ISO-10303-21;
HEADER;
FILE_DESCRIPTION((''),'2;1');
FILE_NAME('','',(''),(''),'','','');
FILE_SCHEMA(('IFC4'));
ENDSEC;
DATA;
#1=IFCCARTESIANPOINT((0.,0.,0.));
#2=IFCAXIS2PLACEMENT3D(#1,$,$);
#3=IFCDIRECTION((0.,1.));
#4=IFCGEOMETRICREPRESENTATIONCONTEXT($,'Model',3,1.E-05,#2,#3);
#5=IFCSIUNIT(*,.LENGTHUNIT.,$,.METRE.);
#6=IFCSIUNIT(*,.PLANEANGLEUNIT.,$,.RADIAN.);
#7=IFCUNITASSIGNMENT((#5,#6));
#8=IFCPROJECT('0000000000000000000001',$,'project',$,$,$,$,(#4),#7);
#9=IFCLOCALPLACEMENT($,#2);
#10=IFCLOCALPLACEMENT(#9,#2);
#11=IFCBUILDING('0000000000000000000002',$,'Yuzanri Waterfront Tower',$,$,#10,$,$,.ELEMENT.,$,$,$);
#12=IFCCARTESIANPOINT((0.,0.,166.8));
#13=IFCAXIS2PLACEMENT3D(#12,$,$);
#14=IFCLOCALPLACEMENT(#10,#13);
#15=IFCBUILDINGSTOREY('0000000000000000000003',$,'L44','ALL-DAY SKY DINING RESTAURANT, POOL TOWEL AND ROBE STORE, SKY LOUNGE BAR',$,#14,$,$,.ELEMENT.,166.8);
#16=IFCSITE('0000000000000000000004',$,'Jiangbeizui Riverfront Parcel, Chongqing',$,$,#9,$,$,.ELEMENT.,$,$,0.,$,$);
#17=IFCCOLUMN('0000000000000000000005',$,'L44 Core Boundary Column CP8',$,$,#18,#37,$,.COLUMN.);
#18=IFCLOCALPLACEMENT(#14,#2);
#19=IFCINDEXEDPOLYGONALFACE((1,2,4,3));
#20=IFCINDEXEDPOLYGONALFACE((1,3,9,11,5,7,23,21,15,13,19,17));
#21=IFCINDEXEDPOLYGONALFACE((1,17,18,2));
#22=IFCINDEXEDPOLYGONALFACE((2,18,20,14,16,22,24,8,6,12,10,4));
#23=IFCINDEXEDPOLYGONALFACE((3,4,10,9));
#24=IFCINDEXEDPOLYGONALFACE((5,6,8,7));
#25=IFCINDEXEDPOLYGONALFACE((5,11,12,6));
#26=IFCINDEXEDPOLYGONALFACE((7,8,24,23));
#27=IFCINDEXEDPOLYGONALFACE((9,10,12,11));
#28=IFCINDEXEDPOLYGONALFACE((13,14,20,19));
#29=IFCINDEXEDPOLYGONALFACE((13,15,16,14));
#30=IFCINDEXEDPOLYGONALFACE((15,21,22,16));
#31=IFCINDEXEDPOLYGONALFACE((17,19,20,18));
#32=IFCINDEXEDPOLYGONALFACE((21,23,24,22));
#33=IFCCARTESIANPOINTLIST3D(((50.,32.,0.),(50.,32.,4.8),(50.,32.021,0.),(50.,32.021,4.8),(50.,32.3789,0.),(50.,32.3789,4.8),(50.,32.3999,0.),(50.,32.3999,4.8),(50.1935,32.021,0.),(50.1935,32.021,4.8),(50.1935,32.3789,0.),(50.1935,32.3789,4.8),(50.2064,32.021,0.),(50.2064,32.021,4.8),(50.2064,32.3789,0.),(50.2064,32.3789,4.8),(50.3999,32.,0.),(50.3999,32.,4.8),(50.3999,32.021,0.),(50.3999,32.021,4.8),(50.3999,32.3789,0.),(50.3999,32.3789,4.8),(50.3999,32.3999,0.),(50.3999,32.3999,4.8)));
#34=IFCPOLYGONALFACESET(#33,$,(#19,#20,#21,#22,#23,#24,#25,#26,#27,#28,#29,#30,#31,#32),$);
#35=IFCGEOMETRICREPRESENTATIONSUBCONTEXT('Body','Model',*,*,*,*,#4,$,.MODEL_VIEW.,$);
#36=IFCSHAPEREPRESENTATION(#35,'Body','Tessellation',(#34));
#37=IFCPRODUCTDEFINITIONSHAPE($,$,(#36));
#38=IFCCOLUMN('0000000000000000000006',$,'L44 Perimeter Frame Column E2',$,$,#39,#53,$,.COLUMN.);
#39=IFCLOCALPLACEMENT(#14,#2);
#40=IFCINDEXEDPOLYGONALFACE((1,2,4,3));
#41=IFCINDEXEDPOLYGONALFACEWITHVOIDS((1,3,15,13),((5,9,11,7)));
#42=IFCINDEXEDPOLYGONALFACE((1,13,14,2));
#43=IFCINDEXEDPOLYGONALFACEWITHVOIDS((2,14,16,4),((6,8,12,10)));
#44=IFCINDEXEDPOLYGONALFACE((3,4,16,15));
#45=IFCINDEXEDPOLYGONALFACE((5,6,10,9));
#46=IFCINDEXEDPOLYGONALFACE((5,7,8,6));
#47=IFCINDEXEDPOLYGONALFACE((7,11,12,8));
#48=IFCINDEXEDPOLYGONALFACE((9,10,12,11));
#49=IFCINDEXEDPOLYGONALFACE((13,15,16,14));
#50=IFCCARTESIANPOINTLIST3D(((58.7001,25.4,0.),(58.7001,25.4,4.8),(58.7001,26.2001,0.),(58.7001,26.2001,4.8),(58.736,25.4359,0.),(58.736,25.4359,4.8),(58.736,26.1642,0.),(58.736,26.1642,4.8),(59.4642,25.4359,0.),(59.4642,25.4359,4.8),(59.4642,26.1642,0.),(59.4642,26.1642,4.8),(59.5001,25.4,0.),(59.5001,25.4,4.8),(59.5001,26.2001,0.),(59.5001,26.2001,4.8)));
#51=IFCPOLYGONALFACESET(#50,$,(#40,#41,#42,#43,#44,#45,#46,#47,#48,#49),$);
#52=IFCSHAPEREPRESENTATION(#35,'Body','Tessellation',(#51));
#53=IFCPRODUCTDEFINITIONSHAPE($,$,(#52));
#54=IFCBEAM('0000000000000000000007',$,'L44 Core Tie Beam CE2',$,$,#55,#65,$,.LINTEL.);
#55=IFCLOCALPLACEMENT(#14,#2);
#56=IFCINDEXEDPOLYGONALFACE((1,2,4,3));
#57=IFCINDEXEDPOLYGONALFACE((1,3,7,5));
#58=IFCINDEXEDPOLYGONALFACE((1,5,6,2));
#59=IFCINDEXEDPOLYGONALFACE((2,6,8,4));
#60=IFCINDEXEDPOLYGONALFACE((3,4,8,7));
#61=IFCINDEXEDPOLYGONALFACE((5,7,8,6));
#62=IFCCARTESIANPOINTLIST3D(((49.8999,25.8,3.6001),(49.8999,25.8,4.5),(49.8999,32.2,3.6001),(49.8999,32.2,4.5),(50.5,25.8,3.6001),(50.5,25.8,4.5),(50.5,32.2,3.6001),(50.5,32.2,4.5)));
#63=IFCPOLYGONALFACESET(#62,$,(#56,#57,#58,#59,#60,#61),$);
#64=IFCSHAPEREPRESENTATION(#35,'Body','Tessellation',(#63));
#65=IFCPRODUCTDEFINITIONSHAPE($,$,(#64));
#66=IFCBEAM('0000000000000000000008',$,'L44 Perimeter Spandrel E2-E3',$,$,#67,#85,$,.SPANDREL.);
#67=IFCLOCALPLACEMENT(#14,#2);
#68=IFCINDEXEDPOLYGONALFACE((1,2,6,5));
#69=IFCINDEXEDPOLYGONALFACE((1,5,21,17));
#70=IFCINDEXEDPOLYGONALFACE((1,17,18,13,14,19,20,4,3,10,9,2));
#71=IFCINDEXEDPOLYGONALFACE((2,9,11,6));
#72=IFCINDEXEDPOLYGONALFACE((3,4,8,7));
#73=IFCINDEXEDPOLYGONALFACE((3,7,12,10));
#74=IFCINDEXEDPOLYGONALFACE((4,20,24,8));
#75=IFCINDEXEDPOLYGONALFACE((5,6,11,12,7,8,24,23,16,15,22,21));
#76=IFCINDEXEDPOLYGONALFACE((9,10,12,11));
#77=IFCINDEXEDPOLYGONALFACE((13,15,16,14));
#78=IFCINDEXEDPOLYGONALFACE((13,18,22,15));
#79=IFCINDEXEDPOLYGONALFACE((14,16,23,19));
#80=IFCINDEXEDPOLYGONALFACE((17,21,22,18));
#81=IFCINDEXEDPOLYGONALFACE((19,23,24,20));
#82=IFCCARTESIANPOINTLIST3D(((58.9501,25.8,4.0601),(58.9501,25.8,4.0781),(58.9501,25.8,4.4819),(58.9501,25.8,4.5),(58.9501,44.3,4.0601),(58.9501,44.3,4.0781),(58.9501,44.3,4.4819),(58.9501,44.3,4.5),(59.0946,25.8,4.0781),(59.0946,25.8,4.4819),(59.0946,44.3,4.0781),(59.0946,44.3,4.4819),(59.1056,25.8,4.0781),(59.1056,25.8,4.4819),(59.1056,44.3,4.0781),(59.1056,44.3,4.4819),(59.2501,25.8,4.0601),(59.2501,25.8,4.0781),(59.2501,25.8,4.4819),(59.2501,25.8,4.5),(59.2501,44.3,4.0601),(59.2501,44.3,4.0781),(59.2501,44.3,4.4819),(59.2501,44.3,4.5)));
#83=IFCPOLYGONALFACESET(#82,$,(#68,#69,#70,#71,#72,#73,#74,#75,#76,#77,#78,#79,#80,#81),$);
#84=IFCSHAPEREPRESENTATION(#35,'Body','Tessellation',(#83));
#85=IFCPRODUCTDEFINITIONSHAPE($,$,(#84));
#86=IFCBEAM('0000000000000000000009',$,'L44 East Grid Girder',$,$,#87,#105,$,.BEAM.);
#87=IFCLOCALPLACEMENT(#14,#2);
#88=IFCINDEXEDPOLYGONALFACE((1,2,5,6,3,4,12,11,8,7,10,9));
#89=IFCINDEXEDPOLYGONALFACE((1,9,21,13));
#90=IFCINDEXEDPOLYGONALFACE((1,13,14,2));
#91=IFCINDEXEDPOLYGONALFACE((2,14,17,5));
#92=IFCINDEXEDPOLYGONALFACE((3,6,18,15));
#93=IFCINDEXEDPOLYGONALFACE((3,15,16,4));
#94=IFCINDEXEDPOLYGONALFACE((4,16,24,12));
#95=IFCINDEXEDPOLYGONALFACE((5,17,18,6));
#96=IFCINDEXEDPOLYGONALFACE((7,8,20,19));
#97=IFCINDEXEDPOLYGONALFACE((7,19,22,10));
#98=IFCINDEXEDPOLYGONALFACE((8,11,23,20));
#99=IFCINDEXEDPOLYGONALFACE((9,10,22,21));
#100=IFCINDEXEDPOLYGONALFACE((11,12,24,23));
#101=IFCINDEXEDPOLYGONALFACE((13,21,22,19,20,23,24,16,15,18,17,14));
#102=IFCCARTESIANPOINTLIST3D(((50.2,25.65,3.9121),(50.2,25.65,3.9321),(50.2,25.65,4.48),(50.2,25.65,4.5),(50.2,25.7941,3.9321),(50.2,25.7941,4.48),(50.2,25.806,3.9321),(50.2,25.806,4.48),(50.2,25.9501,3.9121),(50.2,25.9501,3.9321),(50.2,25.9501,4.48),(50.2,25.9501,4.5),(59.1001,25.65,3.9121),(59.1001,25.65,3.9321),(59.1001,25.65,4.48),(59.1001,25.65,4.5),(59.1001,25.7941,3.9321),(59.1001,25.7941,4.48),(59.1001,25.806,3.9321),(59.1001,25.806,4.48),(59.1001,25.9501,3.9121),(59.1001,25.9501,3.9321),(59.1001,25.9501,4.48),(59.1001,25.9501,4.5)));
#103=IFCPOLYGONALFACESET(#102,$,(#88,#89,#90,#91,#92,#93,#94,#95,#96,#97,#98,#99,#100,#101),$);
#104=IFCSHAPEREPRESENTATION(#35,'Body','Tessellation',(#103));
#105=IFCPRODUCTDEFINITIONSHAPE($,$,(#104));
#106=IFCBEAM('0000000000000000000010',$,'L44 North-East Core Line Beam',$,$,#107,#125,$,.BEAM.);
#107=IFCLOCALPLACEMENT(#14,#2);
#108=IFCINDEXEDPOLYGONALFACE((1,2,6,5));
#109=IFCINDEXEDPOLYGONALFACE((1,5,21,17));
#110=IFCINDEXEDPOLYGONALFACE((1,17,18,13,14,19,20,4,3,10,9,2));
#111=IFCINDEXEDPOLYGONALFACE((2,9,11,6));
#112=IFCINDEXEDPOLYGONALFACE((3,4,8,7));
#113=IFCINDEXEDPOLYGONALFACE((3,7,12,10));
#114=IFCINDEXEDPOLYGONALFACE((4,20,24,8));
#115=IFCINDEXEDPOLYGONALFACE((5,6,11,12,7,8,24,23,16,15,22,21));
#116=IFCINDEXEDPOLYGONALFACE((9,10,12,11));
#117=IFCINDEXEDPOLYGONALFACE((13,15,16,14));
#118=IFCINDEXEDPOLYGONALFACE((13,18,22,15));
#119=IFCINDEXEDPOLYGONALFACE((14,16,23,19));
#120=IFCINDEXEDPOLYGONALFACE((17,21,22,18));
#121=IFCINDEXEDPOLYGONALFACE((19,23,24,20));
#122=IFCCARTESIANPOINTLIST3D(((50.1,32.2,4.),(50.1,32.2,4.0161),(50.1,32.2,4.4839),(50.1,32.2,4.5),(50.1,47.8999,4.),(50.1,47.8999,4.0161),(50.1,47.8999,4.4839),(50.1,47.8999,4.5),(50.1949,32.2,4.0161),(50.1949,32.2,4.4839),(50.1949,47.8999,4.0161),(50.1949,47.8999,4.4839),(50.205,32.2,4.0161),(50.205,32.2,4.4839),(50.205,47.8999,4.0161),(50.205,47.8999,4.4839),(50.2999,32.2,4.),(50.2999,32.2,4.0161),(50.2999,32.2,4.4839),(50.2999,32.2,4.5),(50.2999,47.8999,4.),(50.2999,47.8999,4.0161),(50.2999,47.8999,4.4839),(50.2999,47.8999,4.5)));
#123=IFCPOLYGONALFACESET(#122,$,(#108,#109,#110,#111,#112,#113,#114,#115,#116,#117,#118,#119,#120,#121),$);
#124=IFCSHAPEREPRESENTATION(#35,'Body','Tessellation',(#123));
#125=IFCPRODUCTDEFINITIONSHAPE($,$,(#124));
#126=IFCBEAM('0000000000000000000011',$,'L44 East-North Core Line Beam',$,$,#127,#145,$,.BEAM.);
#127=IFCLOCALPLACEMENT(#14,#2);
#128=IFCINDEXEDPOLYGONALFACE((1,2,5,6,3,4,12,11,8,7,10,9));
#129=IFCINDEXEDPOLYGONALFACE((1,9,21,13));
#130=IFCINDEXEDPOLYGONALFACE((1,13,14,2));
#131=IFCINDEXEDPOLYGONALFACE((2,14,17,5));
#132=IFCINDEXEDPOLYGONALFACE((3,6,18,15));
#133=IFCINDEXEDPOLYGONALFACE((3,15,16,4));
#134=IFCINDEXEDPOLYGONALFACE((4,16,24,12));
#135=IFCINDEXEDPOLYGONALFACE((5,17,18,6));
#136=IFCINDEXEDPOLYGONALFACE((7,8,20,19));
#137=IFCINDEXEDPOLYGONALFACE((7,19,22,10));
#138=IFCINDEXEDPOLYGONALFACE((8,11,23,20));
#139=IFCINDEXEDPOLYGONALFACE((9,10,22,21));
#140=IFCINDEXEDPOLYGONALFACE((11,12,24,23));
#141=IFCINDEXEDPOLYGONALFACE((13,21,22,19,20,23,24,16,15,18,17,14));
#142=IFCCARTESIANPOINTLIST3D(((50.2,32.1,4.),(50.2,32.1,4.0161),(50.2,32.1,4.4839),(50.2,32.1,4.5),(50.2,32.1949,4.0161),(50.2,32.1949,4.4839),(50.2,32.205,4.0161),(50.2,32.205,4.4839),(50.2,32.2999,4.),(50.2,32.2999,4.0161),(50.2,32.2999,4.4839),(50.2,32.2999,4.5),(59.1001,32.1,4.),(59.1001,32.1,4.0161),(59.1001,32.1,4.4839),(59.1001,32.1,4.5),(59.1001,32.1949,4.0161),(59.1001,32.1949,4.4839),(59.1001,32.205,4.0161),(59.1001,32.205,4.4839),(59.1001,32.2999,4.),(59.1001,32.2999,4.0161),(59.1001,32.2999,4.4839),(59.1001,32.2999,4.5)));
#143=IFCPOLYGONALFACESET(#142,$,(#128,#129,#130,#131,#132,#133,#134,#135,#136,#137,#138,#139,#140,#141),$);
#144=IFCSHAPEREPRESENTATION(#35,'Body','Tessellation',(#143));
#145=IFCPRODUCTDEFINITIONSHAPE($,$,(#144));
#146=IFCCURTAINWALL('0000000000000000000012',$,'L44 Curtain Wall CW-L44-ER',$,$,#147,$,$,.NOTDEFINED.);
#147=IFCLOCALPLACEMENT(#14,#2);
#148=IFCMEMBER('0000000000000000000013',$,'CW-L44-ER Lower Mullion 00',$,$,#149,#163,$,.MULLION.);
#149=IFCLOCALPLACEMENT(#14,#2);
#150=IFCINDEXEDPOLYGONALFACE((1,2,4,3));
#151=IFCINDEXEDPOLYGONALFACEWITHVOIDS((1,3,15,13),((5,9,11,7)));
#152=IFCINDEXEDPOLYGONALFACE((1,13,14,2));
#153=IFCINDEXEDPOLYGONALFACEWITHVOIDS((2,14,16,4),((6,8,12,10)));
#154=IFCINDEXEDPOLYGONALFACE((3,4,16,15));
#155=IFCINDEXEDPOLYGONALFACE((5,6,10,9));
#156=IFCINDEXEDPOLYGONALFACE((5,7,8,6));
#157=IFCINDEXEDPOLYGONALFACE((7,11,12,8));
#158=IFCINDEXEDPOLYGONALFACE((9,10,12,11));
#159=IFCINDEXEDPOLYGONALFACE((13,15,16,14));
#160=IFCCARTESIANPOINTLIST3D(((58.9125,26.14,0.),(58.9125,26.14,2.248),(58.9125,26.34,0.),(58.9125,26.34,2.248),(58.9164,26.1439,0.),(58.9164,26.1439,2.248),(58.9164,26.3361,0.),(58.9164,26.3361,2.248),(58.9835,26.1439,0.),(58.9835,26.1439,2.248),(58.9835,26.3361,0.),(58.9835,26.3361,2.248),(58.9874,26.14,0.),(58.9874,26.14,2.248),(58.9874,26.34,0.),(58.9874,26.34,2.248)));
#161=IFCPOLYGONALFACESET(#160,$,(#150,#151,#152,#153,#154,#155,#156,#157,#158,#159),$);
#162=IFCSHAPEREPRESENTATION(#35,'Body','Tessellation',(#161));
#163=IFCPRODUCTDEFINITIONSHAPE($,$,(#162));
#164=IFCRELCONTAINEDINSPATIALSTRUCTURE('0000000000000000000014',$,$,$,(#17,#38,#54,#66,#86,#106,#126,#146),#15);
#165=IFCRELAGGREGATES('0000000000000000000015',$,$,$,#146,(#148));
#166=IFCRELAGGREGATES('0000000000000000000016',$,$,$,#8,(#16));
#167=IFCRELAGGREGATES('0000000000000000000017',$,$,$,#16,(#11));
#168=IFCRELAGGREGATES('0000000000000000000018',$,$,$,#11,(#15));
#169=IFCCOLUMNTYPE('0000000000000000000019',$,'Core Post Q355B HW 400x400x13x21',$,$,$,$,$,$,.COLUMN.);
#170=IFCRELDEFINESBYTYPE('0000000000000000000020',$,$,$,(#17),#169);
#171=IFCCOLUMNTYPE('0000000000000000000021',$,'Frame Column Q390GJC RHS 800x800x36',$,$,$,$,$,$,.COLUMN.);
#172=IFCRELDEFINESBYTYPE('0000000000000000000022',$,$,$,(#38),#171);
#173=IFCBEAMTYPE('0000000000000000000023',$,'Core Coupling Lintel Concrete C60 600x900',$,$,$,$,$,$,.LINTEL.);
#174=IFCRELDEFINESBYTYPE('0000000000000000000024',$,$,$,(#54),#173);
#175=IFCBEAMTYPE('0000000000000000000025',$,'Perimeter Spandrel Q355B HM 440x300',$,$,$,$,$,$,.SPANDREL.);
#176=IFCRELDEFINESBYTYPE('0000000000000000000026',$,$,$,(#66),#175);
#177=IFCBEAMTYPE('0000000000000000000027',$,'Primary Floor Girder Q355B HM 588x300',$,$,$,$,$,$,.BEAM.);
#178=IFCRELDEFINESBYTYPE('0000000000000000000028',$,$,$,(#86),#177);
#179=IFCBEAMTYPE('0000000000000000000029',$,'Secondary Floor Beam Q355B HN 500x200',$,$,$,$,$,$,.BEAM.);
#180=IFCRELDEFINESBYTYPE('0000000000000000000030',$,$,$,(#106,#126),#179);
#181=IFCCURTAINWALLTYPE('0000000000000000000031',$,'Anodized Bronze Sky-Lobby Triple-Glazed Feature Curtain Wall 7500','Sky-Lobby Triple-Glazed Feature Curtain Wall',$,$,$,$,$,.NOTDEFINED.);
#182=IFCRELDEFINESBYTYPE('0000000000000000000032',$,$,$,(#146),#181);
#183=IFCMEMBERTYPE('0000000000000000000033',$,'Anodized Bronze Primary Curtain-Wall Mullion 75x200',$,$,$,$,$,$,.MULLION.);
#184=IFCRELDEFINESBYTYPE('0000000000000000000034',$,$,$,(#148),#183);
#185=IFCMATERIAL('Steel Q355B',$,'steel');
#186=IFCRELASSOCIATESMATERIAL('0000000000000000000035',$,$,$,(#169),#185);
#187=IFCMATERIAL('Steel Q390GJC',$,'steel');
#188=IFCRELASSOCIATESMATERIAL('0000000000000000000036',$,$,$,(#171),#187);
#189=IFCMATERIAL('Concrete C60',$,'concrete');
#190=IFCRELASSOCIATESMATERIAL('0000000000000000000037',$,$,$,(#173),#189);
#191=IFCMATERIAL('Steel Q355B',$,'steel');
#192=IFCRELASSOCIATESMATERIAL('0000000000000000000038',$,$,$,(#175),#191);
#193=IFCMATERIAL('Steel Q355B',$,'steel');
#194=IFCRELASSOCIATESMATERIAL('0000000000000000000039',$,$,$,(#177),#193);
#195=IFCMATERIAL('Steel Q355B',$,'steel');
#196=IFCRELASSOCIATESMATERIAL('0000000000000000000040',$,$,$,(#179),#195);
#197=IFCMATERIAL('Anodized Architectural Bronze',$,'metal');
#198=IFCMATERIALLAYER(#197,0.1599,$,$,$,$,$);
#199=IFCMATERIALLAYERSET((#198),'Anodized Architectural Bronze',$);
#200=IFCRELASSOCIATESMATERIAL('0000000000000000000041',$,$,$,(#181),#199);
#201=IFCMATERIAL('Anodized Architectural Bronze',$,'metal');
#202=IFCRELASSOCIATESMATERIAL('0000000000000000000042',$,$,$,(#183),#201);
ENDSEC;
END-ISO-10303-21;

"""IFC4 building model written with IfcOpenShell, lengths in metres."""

from ifc_helpers import new_model, si_unit, direction, frame, origin, origin_2d, place, context, subcontext, project, spatial, rectangle, hollow_rectangle, i_section, extrude, source, transform, mapped, material, layer, layer_set, material_profile, profile_set, type_object, element, aggregate, save


model = new_model("IFC4")

# Units and contexts
model_context = context("Model", 3, precision=1e-05, world=origin(), true_north=direction((0.0, 1.0)))
body_context = subcontext(model_context, "Body", "Model", "MODEL_VIEW")
ifc_project = project(units=[si_unit("LENGTHUNIT", "METRE"), si_unit("PLANEANGLEUNIT", "RADIAN")], contexts=[model_context])

# Site, building, storey
site_placement = place(None, origin())
site = spatial("IfcSite", under=ifc_project, at=site_placement, Name="Jiangbeizui Riverfront Parcel, Chongqing", CompositionType="ELEMENT", RefElevation=0.0)
building_placement = place(site_placement, origin())
building = spatial("IfcBuilding", under=site, at=building_placement, Name="Yuzanri Waterfront Tower", CompositionType="ELEMENT")
storey_placement = place(building_placement, frame((0.0, 0.0, 166.8)))
storey = spatial("IfcBuildingStorey", under=building, at=storey_placement, Name="L44", Description="ALL-DAY SKY DINING RESTAURANT, POOL TOWEL AND ROBE STORE, SKY LOUNGE BAR", CompositionType="ELEMENT", Elevation=166.8)

# Columns
ifc_material_1 = material(Name="Steel Q355B", Category="steel")
ifc_material_profile_1 = material_profile(ifc_material_1, i_section(OverallWidth=0.3999, OverallDepth=0.3999, WebThickness=0.0129, FlangeThickness=0.021, at=origin_2d()), Name="HW 400x400x13x21")
ifc_profile_set_1 = profile_set([ifc_material_profile_1], Name="Steel Q355B")
column_type_1 = type_object("IfcColumnType", Name="Core Post Q355B HW 400x400x13x21", PredefinedType="COLUMN", material=ifc_profile_set_1)
shared_shape_1 = source(origin(), body_context, "Body", "SweptSolid", [
    extrude(i_section(OverallWidth=0.3999, OverallDepth=0.3999, WebThickness=0.0129, FlangeThickness=0.021, at=origin_2d()), origin(), (0.0, 0.0, 1.0), 4.8),
])
column_1_placement = place(storey_placement, frame((50.2, 32.2, 0.0), z_axis=(0.0, 0.0, 1.0), x_axis=(1.0, 0.0, 0.0)))
element("IfcColumn", 1, at=column_1_placement, inside=storey, type_object=column_type_1, Name="L44 Core Boundary Column CP8", PredefinedType="COLUMN", context=body_context, shape_type="MappedRepresentation", body=[
    mapped(shared_shape_1, transform((0.0, 0.0, 0.0), scale=1.0)),
])
ifc_material_2 = material(Name="Steel Q390GJC", Category="steel")
ifc_material_profile_2 = material_profile(ifc_material_2, hollow_rectangle(XDim=0.8, YDim=0.8, WallThickness=0.0359, at=origin_2d()), Name="RHS 800x800x36")
ifc_profile_set_2 = profile_set([ifc_material_profile_2], Name="Steel Q390GJC")
column_type_2 = type_object("IfcColumnType", Name="Frame Column Q390GJC RHS 800x800x36", PredefinedType="COLUMN", material=ifc_profile_set_2)
shared_shape_2 = source(origin(), body_context, "Body", "SweptSolid", [
    extrude(hollow_rectangle(XDim=0.8, YDim=0.8, WallThickness=0.0359, at=origin_2d()), origin(), (0.0, 0.0, 1.0), 4.8),
])
column_2_placement = place(storey_placement, frame((59.1001, 25.8, 0.0), z_axis=(0.0, 0.0, 1.0), x_axis=(1.0, 0.0, 0.0)))
element("IfcColumn", 2, at=column_2_placement, inside=storey, type_object=column_type_2, Name="L44 Perimeter Frame Column E2", PredefinedType="COLUMN", context=body_context, shape_type="MappedRepresentation", body=[
    mapped(shared_shape_2, transform((0.0, 0.0, 0.0), scale=1.0)),
])

# Beams
ifc_material_3 = material(Name="Concrete C60", Category="concrete")
ifc_material_profile_3 = material_profile(ifc_material_3, rectangle(XDim=0.6001, YDim=0.8999, at=origin_2d()), Name="RC 600x900")
ifc_profile_set_3 = profile_set([ifc_material_profile_3], Name="Concrete C60")
beam_type_1 = type_object("IfcBeamType", Name="Core Coupling Lintel Concrete C60 600x900", PredefinedType="LINTEL", material=ifc_profile_set_3)
shared_shape_3 = source(origin(), body_context, "Body", "SweptSolid", [
    extrude(rectangle(XDim=0.6001, YDim=0.8999, at=origin_2d()), origin(), (0.0, 0.0, 1.0), 6.3999),
])
beam_1_placement = place(storey_placement, frame((50.2, 25.8, 4.05), z_axis=(0.0, 1.0, 0.0), x_axis=(-1.0, 0.0, 0.0)))
element("IfcBeam", 3, at=beam_1_placement, inside=storey, type_object=beam_type_1, Name="L44 Core Tie Beam CE2", PredefinedType="LINTEL", context=body_context, shape_type="MappedRepresentation", body=[
    mapped(shared_shape_3, transform((0.0, 0.0, 0.0), scale=1.0)),
])
ifc_material_4 = material(Name="Steel Q355B", Category="steel")
ifc_material_profile_4 = material_profile(ifc_material_4, i_section(OverallWidth=0.3, OverallDepth=0.4399, WebThickness=0.011, FlangeThickness=0.0181, at=origin_2d()), Name="HM 440x300x11x18")
ifc_profile_set_4 = profile_set([ifc_material_profile_4], Name="Steel Q355B")
beam_type_2 = type_object("IfcBeamType", Name="Perimeter Spandrel Q355B HM 440x300", PredefinedType="SPANDREL", material=ifc_profile_set_4)
shared_shape_4 = source(origin(), body_context, "Body", "SweptSolid", [
    extrude(i_section(OverallWidth=0.3, OverallDepth=0.4399, WebThickness=0.011, FlangeThickness=0.0181, at=origin_2d()), origin(), (0.0, 0.0, 1.0), 18.5),
])
beam_2_placement = place(storey_placement, frame((59.1001, 25.8, 4.28), z_axis=(0.0, 1.0, 0.0), x_axis=(-1.0, 0.0, 0.0)))
element("IfcBeam", 4, at=beam_2_placement, inside=storey, type_object=beam_type_2, Name="L44 Perimeter Spandrel E2-E3", PredefinedType="SPANDREL", context=body_context, shape_type="MappedRepresentation", body=[
    mapped(shared_shape_4, transform((0.0, 0.0, 0.0), scale=1.0)),
])
ifc_material_5 = material(Name="Steel Q355B", Category="steel")
ifc_material_profile_5 = material_profile(ifc_material_5, i_section(OverallWidth=0.3, OverallDepth=0.5879, WebThickness=0.012, FlangeThickness=0.02, at=origin_2d()), Name="HM 588x300x12x20")
ifc_profile_set_5 = profile_set([ifc_material_profile_5], Name="Steel Q355B")
beam_type_3 = type_object("IfcBeamType", Name="Primary Floor Girder Q355B HM 588x300", PredefinedType="BEAM", material=ifc_profile_set_5)
shared_shape_5 = source(origin(), body_context, "Body", "SweptSolid", [
    extrude(i_section(OverallWidth=0.3, OverallDepth=0.5879, WebThickness=0.012, FlangeThickness=0.02, at=origin_2d()), origin(), (0.0, 0.0, 1.0), 8.9001),
])
beam_3_placement = place(storey_placement, frame((50.2, 25.8, 4.2061), z_axis=(1.0, 0.0, 0.0), x_axis=(0.0, 1.0, 0.0)))
element("IfcBeam", 5, at=beam_3_placement, inside=storey, type_object=beam_type_3, Name="L44 East Grid Girder", PredefinedType="BEAM", context=body_context, shape_type="MappedRepresentation", body=[
    mapped(shared_shape_5, transform((0.0, 0.0, 0.0), scale=1.0)),
])
ifc_material_6 = material(Name="Steel Q355B", Category="steel")
ifc_material_profile_6 = material_profile(ifc_material_6, i_section(OverallWidth=0.2, OverallDepth=0.5, WebThickness=0.01, FlangeThickness=0.0161, at=origin_2d()), Name="HN 500x200x10x16")
ifc_profile_set_6 = profile_set([ifc_material_profile_6], Name="Steel Q355B")
beam_type_4 = type_object("IfcBeamType", Name="Secondary Floor Beam Q355B HN 500x200", PredefinedType="BEAM", material=ifc_profile_set_6)
shared_shape_6 = source(origin(), body_context, "Body", "SweptSolid", [
    extrude(i_section(OverallWidth=0.2, OverallDepth=0.5, WebThickness=0.01, FlangeThickness=0.0161, at=origin_2d()), origin(), (0.0, 0.0, 1.0), 15.7),
])
beam_4_placement = place(storey_placement, frame((50.2, 32.2, 4.25), z_axis=(0.0, 1.0, 0.0), x_axis=(-1.0, 0.0, 0.0)))
element("IfcBeam", 6, at=beam_4_placement, inside=storey, type_object=beam_type_4, Name="L44 North-East Core Line Beam", PredefinedType="BEAM", context=body_context, shape_type="MappedRepresentation", body=[
    mapped(shared_shape_6, transform((0.0, 0.0, 0.0), scale=1.0)),
])
shared_shape_7 = source(origin(), body_context, "Body", "SweptSolid", [
    extrude(i_section(OverallWidth=0.2, OverallDepth=0.5, WebThickness=0.01, FlangeThickness=0.0161, at=origin_2d()), origin(), (0.0, 0.0, 1.0), 8.9001),
])
beam_5_placement = place(storey_placement, frame((50.2, 32.2, 4.25), z_axis=(1.0, 0.0, 0.0), x_axis=(0.0, 1.0, 0.0)))
element("IfcBeam", 7, at=beam_5_placement, inside=storey, type_object=beam_type_4, Name="L44 East-North Core Line Beam", PredefinedType="BEAM", context=body_context, shape_type="MappedRepresentation", body=[
    mapped(shared_shape_7, transform((0.0, 0.0, 0.0), scale=1.0)),
])

# Curtain wall, member
ifc_material_7 = material(Name="Anodized Architectural Bronze", Category="metal")
ifc_layer_1 = layer(ifc_material_7, 0.1599)
ifc_layer_set_1 = layer_set([ifc_layer_1], Name="Anodized Architectural Bronze")
curtain_wall_type = type_object("IfcCurtainWallType", Name="Anodized Bronze Sky-Lobby Triple-Glazed Feature Curtain Wall 7500", Description="Sky-Lobby Triple-Glazed Feature Curtain Wall", PredefinedType="NOTDEFINED", material=ifc_layer_set_1)
curtain_wall_placement = place(storey_placement, origin())
curtain_wall = element("IfcCurtainWall", 8, at=curtain_wall_placement, inside=storey, type_object=curtain_wall_type, Name="L44 Curtain Wall CW-L44-ER", PredefinedType="NOTDEFINED")
ifc_material_8 = material(Name="Anodized Architectural Bronze", Category="metal")
ifc_material_profile_7 = material_profile(ifc_material_8, hollow_rectangle(XDim=0.075, YDim=0.2, WallThickness=0.0039, at=origin_2d()), Name="CWM 75x200")
ifc_profile_set_7 = profile_set([ifc_material_profile_7], Name="Anodized Architectural Bronze")
member_type_1 = type_object("IfcMemberType", Name="Anodized Bronze Primary Curtain-Wall Mullion 75x200", PredefinedType="MULLION", material=ifc_profile_set_7)
shared_shape_8 = source(origin(), body_context, "Body", "SweptSolid", [
    extrude(hollow_rectangle(XDim=0.075, YDim=0.2, WallThickness=0.0039, at=origin_2d()), origin(), (0.0, 0.0, 1.0), 2.248),
])
member_1_placement = place(storey_placement, frame((58.95, 26.24, 0.0), z_axis=(0.0, 0.0, 1.0), x_axis=(1.0, 0.0, 0.0)))
member_1 = element("IfcMember", 9, at=member_1_placement, type_object=member_type_1, Name="CW-L44-ER Lower Mullion 00", PredefinedType="MULLION", context=body_context, shape_type="MappedRepresentation", body=[
    mapped(shared_shape_8, transform((0.0, 0.0, 0.0), scale=1.0)),
])

aggregate(curtain_wall, [member_1])

save(model, "model.ifc")
